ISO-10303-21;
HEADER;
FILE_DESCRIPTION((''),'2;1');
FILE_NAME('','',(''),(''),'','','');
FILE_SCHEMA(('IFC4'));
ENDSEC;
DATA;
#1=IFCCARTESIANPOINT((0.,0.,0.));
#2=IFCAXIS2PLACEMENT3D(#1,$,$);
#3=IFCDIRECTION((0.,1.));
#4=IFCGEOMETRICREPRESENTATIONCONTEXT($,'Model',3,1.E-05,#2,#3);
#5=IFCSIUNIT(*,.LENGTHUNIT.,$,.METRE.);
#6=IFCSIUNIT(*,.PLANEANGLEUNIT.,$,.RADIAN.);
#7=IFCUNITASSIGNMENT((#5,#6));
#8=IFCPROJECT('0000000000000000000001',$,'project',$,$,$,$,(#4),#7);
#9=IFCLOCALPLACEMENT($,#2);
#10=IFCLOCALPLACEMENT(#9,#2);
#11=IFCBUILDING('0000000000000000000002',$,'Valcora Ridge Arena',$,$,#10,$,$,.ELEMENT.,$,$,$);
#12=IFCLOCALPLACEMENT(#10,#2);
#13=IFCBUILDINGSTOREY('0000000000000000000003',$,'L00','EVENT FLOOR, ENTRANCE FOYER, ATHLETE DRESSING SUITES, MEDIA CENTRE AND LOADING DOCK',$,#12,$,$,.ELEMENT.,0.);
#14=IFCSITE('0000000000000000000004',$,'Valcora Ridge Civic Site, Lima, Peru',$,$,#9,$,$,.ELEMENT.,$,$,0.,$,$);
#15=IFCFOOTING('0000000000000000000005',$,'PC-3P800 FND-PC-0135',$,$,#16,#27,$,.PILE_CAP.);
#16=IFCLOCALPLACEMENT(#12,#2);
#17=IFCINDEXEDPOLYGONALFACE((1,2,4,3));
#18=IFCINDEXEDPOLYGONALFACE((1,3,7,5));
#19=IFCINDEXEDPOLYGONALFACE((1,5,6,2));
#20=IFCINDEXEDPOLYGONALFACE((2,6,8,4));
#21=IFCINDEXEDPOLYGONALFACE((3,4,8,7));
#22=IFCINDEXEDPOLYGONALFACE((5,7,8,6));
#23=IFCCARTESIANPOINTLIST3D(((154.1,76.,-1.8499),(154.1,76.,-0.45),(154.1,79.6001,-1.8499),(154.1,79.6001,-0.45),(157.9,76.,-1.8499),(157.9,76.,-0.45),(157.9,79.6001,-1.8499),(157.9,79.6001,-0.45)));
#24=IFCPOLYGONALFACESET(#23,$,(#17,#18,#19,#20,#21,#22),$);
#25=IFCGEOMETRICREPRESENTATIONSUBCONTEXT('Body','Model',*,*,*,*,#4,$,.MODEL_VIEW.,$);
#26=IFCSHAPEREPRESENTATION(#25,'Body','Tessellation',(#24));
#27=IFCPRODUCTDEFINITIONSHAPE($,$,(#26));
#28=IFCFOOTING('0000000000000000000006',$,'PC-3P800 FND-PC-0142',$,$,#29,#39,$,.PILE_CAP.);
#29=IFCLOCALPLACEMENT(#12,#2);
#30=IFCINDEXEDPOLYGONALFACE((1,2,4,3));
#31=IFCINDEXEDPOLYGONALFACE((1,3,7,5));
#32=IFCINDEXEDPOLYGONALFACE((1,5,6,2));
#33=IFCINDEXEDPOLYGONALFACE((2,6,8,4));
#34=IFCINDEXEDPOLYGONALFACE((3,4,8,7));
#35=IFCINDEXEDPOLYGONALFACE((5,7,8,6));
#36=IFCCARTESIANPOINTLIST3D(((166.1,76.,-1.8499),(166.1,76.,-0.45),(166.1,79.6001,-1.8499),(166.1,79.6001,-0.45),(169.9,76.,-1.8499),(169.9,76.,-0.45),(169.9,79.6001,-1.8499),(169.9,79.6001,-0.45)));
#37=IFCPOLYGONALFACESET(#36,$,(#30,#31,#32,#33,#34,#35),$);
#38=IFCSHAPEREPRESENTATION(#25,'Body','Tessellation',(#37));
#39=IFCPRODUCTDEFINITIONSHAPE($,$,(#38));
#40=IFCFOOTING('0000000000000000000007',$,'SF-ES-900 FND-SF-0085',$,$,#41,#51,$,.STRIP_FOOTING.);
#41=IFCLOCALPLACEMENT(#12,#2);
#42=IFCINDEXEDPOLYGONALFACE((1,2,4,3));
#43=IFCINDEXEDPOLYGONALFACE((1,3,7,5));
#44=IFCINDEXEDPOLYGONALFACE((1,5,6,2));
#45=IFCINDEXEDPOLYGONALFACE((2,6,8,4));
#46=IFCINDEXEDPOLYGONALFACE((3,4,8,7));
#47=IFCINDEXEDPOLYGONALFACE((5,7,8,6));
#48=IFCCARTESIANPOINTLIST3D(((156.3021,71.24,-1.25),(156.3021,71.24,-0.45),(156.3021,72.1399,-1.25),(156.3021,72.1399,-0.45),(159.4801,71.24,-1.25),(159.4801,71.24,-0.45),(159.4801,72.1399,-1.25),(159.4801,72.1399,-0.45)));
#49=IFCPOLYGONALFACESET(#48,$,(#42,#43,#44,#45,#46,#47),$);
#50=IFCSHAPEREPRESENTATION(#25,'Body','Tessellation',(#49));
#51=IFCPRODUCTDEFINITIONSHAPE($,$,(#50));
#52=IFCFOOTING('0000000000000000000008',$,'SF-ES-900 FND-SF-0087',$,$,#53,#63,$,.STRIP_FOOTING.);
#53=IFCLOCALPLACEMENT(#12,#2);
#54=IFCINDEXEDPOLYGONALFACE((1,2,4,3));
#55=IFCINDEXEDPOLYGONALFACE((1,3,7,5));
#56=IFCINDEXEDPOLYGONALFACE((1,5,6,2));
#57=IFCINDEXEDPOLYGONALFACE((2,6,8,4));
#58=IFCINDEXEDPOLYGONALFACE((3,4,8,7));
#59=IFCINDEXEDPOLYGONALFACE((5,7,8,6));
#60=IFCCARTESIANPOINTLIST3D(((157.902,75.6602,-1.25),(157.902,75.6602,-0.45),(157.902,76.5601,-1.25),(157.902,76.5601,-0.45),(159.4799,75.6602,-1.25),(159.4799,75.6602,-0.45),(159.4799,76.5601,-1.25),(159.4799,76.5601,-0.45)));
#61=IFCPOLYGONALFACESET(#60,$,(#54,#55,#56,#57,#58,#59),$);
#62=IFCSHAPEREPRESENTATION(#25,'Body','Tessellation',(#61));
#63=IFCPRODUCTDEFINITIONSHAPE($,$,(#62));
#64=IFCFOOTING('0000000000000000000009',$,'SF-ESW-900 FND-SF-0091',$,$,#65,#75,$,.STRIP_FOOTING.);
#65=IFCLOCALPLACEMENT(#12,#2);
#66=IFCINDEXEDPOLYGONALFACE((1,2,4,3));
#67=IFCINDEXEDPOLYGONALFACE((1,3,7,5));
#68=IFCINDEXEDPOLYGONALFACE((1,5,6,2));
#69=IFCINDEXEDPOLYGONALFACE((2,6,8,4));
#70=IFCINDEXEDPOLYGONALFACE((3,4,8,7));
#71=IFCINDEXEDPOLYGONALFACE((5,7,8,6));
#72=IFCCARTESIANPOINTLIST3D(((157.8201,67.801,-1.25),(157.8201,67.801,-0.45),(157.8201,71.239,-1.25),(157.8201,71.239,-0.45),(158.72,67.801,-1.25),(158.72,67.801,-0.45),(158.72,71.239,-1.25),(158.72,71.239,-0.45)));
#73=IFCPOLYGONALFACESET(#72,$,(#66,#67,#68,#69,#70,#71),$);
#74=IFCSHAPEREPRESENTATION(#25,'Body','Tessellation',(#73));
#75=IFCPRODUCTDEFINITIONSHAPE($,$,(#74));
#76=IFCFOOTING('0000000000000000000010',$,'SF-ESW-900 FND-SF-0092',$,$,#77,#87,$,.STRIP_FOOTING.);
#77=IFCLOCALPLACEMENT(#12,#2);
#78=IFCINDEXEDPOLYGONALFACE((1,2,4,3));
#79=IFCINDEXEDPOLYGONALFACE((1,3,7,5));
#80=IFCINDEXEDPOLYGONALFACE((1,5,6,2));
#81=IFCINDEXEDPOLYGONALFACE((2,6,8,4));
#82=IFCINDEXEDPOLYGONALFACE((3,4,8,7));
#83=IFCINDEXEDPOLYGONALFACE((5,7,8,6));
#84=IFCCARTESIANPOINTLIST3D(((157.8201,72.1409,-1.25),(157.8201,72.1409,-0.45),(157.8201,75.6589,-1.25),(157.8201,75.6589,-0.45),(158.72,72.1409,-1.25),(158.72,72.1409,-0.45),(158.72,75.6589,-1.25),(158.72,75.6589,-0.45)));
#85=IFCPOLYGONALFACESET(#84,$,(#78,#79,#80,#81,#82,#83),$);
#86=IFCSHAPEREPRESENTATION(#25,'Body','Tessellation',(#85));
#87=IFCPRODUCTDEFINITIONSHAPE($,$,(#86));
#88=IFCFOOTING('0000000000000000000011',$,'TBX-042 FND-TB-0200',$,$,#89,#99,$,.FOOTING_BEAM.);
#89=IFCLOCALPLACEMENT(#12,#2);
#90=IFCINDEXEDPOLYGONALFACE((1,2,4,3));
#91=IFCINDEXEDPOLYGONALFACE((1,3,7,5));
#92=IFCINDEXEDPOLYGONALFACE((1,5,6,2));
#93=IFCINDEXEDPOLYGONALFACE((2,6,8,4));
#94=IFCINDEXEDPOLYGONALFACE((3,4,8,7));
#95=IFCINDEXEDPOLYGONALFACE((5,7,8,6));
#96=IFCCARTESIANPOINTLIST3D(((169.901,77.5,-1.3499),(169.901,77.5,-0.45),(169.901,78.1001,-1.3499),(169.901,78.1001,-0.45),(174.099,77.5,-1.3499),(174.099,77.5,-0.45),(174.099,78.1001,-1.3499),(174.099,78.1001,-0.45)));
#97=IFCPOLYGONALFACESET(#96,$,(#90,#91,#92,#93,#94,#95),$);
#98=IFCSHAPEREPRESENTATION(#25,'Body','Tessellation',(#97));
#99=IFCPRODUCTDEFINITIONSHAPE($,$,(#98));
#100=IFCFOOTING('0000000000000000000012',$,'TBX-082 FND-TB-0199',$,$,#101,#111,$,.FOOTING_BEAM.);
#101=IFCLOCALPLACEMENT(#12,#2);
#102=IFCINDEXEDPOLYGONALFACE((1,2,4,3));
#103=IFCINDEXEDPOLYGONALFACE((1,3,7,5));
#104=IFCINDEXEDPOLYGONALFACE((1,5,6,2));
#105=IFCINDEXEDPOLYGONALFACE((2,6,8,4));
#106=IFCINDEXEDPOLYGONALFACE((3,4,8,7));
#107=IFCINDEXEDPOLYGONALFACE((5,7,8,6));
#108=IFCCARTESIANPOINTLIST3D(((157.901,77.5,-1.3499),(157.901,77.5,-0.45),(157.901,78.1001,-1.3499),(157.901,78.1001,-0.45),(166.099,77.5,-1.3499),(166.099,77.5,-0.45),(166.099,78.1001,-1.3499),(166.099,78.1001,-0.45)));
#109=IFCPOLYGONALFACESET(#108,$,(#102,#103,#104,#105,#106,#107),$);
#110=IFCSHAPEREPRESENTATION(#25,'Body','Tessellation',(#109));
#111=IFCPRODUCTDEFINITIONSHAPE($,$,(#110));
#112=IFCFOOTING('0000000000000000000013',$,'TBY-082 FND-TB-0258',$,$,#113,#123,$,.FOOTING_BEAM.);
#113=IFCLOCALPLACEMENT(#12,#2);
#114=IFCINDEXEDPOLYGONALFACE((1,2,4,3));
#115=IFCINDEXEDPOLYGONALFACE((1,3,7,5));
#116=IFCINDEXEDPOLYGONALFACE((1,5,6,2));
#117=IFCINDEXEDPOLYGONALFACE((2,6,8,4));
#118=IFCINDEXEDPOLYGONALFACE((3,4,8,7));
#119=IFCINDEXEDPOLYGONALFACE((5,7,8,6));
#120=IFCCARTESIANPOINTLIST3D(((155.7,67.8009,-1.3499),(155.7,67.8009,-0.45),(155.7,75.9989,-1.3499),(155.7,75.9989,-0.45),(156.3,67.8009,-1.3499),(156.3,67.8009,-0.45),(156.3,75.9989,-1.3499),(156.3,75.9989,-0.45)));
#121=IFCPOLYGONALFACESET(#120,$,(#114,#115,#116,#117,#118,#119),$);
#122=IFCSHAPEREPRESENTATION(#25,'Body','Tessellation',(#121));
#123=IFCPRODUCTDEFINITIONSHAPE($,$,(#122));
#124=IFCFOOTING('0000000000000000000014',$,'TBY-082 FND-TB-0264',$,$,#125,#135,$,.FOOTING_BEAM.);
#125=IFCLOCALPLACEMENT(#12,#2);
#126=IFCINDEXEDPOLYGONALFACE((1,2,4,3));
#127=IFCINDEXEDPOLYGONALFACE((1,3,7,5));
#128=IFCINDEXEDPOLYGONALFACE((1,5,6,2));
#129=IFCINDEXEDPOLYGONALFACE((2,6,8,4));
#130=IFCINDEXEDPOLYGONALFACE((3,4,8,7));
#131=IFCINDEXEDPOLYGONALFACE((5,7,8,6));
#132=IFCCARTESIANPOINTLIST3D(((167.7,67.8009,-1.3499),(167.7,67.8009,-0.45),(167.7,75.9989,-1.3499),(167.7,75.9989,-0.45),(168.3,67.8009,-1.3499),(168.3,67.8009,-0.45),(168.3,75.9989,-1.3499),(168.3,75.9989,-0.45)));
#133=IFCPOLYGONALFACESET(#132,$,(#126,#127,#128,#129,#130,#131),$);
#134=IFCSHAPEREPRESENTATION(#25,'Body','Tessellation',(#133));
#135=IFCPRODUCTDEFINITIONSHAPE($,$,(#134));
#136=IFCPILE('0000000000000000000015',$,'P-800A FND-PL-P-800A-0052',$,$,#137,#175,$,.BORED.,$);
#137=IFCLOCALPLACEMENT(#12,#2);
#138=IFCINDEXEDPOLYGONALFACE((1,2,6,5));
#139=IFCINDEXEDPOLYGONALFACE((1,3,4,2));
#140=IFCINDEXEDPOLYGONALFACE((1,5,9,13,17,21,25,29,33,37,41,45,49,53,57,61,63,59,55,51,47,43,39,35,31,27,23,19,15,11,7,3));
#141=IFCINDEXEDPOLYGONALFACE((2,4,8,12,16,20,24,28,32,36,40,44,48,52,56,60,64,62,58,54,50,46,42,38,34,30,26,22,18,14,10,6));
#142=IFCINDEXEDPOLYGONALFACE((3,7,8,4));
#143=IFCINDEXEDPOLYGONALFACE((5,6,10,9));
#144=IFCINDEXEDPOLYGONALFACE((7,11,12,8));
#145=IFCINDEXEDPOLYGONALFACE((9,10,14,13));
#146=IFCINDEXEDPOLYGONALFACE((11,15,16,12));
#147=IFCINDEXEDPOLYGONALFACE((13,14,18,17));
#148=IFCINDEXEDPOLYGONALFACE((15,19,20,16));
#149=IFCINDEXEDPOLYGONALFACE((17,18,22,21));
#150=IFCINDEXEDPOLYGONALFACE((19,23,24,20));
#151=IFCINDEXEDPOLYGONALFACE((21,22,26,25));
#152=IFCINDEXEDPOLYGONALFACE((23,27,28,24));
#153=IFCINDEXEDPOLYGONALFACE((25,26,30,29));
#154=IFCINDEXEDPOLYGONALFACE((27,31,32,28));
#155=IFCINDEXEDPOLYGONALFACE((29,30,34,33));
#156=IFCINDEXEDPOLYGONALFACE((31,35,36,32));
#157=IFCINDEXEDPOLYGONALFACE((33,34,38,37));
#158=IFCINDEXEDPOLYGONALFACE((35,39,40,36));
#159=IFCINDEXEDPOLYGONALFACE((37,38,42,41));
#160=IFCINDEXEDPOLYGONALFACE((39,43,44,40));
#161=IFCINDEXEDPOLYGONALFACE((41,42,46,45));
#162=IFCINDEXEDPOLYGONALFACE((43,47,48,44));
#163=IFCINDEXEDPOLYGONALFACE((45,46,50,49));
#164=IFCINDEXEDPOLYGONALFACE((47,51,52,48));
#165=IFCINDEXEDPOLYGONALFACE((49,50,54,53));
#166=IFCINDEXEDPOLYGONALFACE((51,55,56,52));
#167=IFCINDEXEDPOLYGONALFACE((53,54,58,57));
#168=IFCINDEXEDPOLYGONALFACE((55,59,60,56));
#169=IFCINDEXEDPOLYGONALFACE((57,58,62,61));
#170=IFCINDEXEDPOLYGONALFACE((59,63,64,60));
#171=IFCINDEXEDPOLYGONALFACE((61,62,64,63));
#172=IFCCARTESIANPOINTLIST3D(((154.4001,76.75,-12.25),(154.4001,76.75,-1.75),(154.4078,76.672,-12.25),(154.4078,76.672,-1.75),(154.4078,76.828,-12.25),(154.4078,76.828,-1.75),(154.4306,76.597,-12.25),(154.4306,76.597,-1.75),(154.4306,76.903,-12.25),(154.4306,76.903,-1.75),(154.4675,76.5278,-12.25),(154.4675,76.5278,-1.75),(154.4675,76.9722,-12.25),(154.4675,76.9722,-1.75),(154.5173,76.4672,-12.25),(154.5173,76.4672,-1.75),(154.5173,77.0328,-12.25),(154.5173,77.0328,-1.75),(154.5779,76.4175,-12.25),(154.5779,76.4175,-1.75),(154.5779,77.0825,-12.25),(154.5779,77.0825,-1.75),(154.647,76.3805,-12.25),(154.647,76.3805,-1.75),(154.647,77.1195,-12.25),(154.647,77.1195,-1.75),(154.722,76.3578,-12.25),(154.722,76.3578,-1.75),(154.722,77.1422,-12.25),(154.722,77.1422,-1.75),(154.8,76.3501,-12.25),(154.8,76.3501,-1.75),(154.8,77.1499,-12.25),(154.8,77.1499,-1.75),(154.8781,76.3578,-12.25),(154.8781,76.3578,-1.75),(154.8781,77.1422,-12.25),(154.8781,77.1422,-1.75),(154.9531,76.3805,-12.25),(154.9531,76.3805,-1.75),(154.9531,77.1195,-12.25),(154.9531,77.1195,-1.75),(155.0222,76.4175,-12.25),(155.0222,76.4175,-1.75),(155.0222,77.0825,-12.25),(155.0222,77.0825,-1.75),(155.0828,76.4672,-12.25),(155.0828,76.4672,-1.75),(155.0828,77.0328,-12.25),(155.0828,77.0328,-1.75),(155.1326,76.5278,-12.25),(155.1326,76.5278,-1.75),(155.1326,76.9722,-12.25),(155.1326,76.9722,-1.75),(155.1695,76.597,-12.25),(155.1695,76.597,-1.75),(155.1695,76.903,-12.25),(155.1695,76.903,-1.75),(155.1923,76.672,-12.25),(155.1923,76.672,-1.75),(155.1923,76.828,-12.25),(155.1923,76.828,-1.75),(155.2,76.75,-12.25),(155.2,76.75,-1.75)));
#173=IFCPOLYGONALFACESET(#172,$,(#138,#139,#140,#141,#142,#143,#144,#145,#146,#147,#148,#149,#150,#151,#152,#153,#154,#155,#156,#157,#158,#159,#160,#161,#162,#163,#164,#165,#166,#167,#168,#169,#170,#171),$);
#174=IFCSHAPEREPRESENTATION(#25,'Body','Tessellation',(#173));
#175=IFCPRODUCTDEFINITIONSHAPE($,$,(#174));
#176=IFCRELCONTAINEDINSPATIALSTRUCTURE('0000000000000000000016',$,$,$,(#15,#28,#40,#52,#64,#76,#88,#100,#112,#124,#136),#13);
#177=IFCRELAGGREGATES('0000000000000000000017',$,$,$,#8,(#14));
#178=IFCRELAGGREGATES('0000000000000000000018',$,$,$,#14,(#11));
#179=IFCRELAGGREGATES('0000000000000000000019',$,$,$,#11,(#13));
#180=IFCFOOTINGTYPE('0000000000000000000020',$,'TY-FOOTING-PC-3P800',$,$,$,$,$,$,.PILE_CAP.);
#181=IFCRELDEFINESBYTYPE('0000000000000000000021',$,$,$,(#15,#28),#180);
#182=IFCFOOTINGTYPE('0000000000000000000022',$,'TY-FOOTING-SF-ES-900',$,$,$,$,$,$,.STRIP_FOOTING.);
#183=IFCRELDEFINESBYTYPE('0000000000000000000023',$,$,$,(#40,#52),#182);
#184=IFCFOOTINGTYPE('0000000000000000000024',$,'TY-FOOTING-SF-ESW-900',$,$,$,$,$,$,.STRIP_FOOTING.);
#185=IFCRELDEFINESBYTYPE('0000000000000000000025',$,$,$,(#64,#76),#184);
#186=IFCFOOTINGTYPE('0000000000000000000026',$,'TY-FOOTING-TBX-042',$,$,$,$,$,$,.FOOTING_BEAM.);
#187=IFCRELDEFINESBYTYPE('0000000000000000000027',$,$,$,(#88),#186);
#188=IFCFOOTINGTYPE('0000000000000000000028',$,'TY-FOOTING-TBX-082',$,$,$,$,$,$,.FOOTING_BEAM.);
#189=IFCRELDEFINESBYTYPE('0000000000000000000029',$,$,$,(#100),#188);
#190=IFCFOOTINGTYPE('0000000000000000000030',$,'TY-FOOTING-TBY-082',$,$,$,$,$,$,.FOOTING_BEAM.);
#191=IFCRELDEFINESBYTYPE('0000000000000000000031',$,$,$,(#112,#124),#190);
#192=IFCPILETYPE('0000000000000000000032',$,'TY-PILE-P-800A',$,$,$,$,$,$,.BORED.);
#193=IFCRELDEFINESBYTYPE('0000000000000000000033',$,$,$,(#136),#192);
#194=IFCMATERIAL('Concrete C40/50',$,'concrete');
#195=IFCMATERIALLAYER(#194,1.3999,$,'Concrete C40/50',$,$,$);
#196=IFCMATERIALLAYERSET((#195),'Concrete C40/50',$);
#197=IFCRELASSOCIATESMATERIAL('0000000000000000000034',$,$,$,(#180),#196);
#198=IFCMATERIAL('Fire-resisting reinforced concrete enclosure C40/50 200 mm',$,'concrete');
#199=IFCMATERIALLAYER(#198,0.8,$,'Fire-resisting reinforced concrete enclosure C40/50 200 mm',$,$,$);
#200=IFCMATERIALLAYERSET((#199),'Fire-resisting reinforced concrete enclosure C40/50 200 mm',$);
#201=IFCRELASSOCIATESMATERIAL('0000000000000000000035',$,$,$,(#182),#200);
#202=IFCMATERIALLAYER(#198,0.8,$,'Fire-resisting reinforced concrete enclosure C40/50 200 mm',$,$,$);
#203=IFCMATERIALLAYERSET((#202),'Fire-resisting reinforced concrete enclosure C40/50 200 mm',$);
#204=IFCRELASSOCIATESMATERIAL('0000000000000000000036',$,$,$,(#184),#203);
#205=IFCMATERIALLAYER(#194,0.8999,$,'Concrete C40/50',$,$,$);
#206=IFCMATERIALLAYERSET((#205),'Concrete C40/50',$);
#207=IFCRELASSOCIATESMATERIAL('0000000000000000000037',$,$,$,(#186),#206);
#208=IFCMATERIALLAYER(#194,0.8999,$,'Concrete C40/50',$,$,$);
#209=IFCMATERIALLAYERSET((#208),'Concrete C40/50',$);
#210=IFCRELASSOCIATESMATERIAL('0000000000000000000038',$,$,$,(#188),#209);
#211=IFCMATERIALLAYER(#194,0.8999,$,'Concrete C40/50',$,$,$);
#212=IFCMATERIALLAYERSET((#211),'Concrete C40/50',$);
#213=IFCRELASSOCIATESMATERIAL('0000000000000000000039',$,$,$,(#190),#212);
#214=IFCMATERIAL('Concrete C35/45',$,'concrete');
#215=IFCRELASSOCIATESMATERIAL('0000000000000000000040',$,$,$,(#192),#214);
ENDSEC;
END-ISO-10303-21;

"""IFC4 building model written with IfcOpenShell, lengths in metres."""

from ifc_helpers import new_model, si_unit, direction, frame, origin, origin_2d, place, context, subcontext, project, spatial, rectangle, circle, extrude, material, layer, layer_set, material_profile, profile_set, type_object, element, save


model = new_model("IFC4")

# Units and contexts
model_context = context("Model", 3, precision=1e-05, world=origin(), true_north=direction((0.0, 1.0)))
body_context = subcontext(model_context, "Body", "Model", "MODEL_VIEW")
ifc_project = project(units=[si_unit("LENGTHUNIT", "METRE"), si_unit("PLANEANGLEUNIT", "RADIAN")], contexts=[model_context])

# Site, building, storey
site_placement = place(None, origin())
site = spatial("IfcSite", under=ifc_project, at=site_placement, Name="Valcora Ridge Civic Site, Lima, Peru", CompositionType="ELEMENT", RefElevation=0.0)
building_placement = place(site_placement, origin())
building = spatial("IfcBuilding", under=site, at=building_placement, Name="Valcora Ridge Arena", CompositionType="ELEMENT")
storey_placement = place(building_placement, origin())
storey = spatial("IfcBuildingStorey", under=building, at=storey_placement, Name="L00", Description="EVENT FLOOR, ENTRANCE FOYER, ATHLETE DRESSING SUITES, MEDIA CENTRE AND LOADING DOCK", CompositionType="ELEMENT", Elevation=0.0)

# Footings
ifc_material_1 = material(Name="Concrete C40/50", Category="concrete")
ifc_layer_1 = layer(ifc_material_1, 1.3999, Name="Concrete C40/50")
ifc_layer_set_1 = layer_set([ifc_layer_1], Name="Concrete C40/50")
footing_type_1 = type_object("IfcFootingType", Name="TY-FOOTING-PC-3P800", PredefinedType="PILE_CAP", material=ifc_layer_set_1)
for number, where, z_axis, x_axis, name in (
    (1, (156.0, 77.8, -1.8499), (0.0, 0.0, 1.0), (1.0, 0.0, 0.0), "PC-3P800 FND-PC-0135"),
    (2, (168.0, 77.8, -1.8499), (0.0, 0.0, 1.0), (1.0, 0.0, 0.0), "PC-3P800 FND-PC-0142"),
):
    element("IfcFooting", number, at=place(storey_placement, frame(where, z_axis=z_axis, x_axis=x_axis)), inside=storey, type_object=footing_type_1, Name=name, PredefinedType="PILE_CAP", context=body_context, shape_type="SweptSolid", body=[
        extrude(rectangle(XDim=3.8, YDim=3.6001, at=origin_2d()), origin(), (0.0, 0.0, 1.0), 1.3999),
    ])
ifc_material_2 = material(Name="Fire-resisting reinforced concrete enclosure C40/50 200 mm", Category="concrete")
ifc_layer_2 = layer(ifc_material_2, 0.8, Name="Fire-resisting reinforced concrete enclosure C40/50 200 mm")
ifc_layer_set_2 = layer_set([ifc_layer_2], Name="Fire-resisting reinforced concrete enclosure C40/50 200 mm")
footing_type_2 = type_object("IfcFootingType", Name="TY-FOOTING-SF-ES-900", PredefinedType="STRIP_FOOTING", material=ifc_layer_set_2)
footing_1_placement = place(storey_placement, frame((157.8911, 71.6899, -1.25), z_axis=(0.0, 0.0, 1.0), x_axis=(1.0, 0.0, 0.0)))
element("IfcFooting", 3, at=footing_1_placement, inside=storey, type_object=footing_type_2, Name="SF-ES-900 FND-SF-0085", PredefinedType="STRIP_FOOTING", context=body_context, shape_type="SweptSolid", body=[
    extrude(rectangle(XDim=3.178, YDim=0.8999, at=origin_2d()), origin(), (0.0, 0.0, 1.0), 0.8),
])
footing_2_placement = place(storey_placement, frame((158.6909, 76.1101, -1.25), z_axis=(0.0, 0.0, 1.0), x_axis=(1.0, 0.0, 0.0)))
element("IfcFooting", 4, at=footing_2_placement, inside=storey, type_object=footing_type_2, Name="SF-ES-900 FND-SF-0087", PredefinedType="STRIP_FOOTING", context=body_context, shape_type="SweptSolid", body=[
    extrude(rectangle(XDim=1.5779, YDim=0.8999, at=origin_2d()), origin(), (0.0, 0.0, 1.0), 0.8),
])
ifc_layer_3 = layer(ifc_material_2, 0.8, Name="Fire-resisting reinforced concrete enclosure C40/50 200 mm")
ifc_layer_set_3 = layer_set([ifc_layer_3], Name="Fire-resisting reinforced concrete enclosure C40/50 200 mm")
footing_type_3 = type_object("IfcFootingType", Name="TY-FOOTING-SF-ESW-900", PredefinedType="STRIP_FOOTING", material=ifc_layer_set_3)
footing_3_placement = place(storey_placement, frame((158.27, 69.52, -1.25), z_axis=(0.0, 0.0, 1.0), x_axis=(1.0, 0.0, 0.0)))
element("IfcFooting", 5, at=footing_3_placement, inside=storey, type_object=footing_type_3, Name="SF-ESW-900 FND-SF-0091", PredefinedType="STRIP_FOOTING", context=body_context, shape_type="SweptSolid", body=[
    extrude(rectangle(XDim=0.8999, YDim=3.438, at=origin_2d()), origin(), (0.0, 0.0, 1.0), 0.8),
])
footing_4_placement = place(storey_placement, frame((158.27, 73.8999, -1.25), z_axis=(0.0, 0.0, 1.0), x_axis=(1.0, 0.0, 0.0)))
element("IfcFooting", 6, at=footing_4_placement, inside=storey, type_object=footing_type_3, Name="SF-ESW-900 FND-SF-0092", PredefinedType="STRIP_FOOTING", context=body_context, shape_type="SweptSolid", body=[
    extrude(rectangle(XDim=0.8999, YDim=3.5181, at=origin_2d()), origin(), (0.0, 0.0, 1.0), 0.8),
])
ifc_layer_4 = layer(ifc_material_1, 0.8999, Name="Concrete C40/50")
ifc_layer_set_4 = layer_set([ifc_layer_4], Name="Concrete C40/50")
footing_type_4 = type_object("IfcFootingType", Name="TY-FOOTING-TBX-042", PredefinedType="FOOTING_BEAM", material=ifc_layer_set_4)
footing_5_placement = place(storey_placement, frame((172.0, 77.8, -1.3499), z_axis=(0.0, 0.0, 1.0), x_axis=(1.0, 0.0, 0.0)))
element("IfcFooting", 7, at=footing_5_placement, inside=storey, type_object=footing_type_4, Name="TBX-042 FND-TB-0200", PredefinedType="FOOTING_BEAM", context=body_context, shape_type="SweptSolid", body=[
    extrude(rectangle(XDim=4.198, YDim=0.6001, at=origin_2d()), origin(), (0.0, 0.0, 1.0), 0.8999),
])
ifc_layer_5 = layer(ifc_material_1, 0.8999, Name="Concrete C40/50")
ifc_layer_set_5 = layer_set([ifc_layer_5], Name="Concrete C40/50")
footing_type_5 = type_object("IfcFootingType", Name="TY-FOOTING-TBX-082", PredefinedType="FOOTING_BEAM", material=ifc_layer_set_5)
footing_6_placement = place(storey_placement, frame((162.0, 77.8, -1.3499), z_axis=(0.0, 0.0, 1.0), x_axis=(1.0, 0.0, 0.0)))
element("IfcFooting", 8, at=footing_6_placement, inside=storey, type_object=footing_type_5, Name="TBX-082 FND-TB-0199", PredefinedType="FOOTING_BEAM", context=body_context, shape_type="SweptSolid", body=[
    extrude(rectangle(XDim=8.198, YDim=0.6001, at=origin_2d()), origin(), (0.0, 0.0, 1.0), 0.8999),
])
ifc_layer_6 = layer(ifc_material_1, 0.8999, Name="Concrete C40/50")
ifc_layer_set_6 = layer_set([ifc_layer_6], Name="Concrete C40/50")
footing_type_6 = type_object("IfcFootingType", Name="TY-FOOTING-TBY-082", PredefinedType="FOOTING_BEAM", material=ifc_layer_set_6)
for number, where, z_axis, x_axis, name in (
    (9, (156.0, 71.8999, -1.3499), (0.0, 0.0, 1.0), (1.0, 0.0, 0.0), "TBY-082 FND-TB-0258"),
    (10, (168.0, 71.8999, -1.3499), (0.0, 0.0, 1.0), (1.0, 0.0, 0.0), "TBY-082 FND-TB-0264"),
):
    element("IfcFooting", number, at=place(storey_placement, frame(where, z_axis=z_axis, x_axis=x_axis)), inside=storey, type_object=footing_type_6, Name=name, PredefinedType="FOOTING_BEAM", context=body_context, shape_type="SweptSolid", body=[
        extrude(rectangle(XDim=0.6001, YDim=8.198, at=origin_2d()), origin(), (0.0, 0.0, 1.0), 0.8999),
    ])

# Pile
ifc_material_3 = material(Name="Concrete C35/45", Category="concrete")
ifc_material_profile_1 = material_profile(ifc_material_3, circle(Radius=0.3999, at=origin_2d()), Name="BORED PILE D800")
ifc_profile_set_1 = profile_set([ifc_material_profile_1], Name="Concrete C35/45")
pile_type = type_object("IfcPileType", Name="TY-PILE-P-800A", PredefinedType="BORED", material=ifc_profile_set_1)
for number, where, z_axis, x_axis, name in (
    (11, (154.8, 76.75, -1.75), (0.0, 0.0, -1.0), (1.0, 0.0, 0.0), "P-800A FND-PL-P-800A-0052"),
):
    element("IfcPile", number, at=place(storey_placement, frame(where, z_axis=z_axis, x_axis=x_axis)), inside=storey, type_object=pile_type, Name=name, PredefinedType="BORED", context=body_context, shape_type="SweptSolid", body=[
        extrude(circle(Radius=0.3999, at=origin_2d()), origin(), (0.0, 0.0, 1.0), 10.5),
    ])

save(model, "model.ifc")
